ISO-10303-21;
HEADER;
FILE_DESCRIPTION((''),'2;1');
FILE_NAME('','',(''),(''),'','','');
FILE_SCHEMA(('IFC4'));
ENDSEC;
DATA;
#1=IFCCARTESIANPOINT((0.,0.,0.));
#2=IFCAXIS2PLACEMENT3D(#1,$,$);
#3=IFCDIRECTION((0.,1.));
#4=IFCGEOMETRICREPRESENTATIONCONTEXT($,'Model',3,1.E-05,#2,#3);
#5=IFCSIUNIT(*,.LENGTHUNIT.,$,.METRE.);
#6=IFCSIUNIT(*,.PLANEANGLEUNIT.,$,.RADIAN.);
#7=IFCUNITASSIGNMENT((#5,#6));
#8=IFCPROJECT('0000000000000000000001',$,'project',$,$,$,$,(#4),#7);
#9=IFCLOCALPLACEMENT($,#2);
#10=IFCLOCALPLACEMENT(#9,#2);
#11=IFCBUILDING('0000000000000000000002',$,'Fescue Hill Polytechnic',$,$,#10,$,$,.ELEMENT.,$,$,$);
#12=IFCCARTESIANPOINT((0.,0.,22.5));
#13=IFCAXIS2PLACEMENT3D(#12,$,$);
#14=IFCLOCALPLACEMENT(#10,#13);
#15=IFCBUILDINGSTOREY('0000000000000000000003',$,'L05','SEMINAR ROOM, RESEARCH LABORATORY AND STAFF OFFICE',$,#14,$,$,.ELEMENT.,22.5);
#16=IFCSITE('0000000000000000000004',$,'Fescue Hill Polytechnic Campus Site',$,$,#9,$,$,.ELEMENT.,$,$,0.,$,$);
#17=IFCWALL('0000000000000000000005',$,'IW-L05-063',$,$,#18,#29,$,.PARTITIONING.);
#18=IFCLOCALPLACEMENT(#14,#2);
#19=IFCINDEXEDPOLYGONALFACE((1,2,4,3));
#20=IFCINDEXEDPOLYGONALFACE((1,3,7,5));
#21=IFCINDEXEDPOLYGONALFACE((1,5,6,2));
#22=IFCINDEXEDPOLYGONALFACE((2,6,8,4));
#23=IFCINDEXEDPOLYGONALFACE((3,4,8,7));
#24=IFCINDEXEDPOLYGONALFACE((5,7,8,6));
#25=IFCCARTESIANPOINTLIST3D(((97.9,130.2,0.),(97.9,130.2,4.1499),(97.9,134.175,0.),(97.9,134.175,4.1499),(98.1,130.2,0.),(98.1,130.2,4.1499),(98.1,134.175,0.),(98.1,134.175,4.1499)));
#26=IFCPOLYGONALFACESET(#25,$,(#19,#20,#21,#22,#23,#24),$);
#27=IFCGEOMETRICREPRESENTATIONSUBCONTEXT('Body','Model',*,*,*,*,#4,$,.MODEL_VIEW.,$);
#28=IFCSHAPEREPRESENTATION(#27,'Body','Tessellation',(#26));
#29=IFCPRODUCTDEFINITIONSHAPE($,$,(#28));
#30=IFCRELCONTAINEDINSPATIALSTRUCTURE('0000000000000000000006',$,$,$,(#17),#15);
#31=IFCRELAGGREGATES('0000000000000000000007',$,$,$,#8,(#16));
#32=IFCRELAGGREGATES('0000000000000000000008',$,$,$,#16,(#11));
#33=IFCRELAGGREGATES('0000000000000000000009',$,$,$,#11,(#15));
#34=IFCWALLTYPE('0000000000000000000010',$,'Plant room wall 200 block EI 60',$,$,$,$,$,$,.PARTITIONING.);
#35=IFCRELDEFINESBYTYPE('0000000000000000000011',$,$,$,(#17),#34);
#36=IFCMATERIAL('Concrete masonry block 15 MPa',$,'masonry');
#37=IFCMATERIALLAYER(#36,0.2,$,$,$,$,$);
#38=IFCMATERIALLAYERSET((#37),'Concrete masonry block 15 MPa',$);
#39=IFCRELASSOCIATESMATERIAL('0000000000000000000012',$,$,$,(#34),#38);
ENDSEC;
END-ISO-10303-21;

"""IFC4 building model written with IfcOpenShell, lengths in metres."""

from ifc_helpers import new_model, si_unit, direction, frame, frame_2d, origin, place, context, subcontext, project, spatial, rectangle, extrude, material, layer, layer_set, type_object, element, save


model = new_model("IFC4")

# Units and contexts
model_context = context("Model", 3, precision=1e-05, world=origin(), true_north=direction((0.0, 1.0)))
body_context = subcontext(model_context, "Body", "Model", "MODEL_VIEW")
ifc_project = project(units=[si_unit("LENGTHUNIT", "METRE"), si_unit("PLANEANGLEUNIT", "RADIAN")], contexts=[model_context])

# Site, building, storey
site_placement = place(None, origin())
site = spatial("IfcSite", under=ifc_project, at=site_placement, Name="Fescue Hill Polytechnic Campus Site", CompositionType="ELEMENT", RefElevation=0.0)
building_placement = place(site_placement, origin())
building = spatial("IfcBuilding", under=site, at=building_placement, Name="Fescue Hill Polytechnic", CompositionType="ELEMENT")
storey_placement = place(building_placement, frame((0.0, 0.0, 22.5)))
storey = spatial("IfcBuildingStorey", under=building, at=storey_placement, Name="L05", Description="SEMINAR ROOM, RESEARCH LABORATORY AND STAFF OFFICE", CompositionType="ELEMENT", Elevation=22.5)

# Wall
ifc_material_1 = material(Name="Concrete masonry block 15 MPa", Category="masonry")
ifc_layer_1 = layer(ifc_material_1, 0.2)
ifc_layer_set_1 = layer_set([ifc_layer_1], Name="Concrete masonry block 15 MPa")
wall_type_1 = type_object("IfcWallType", Name="Plant room wall 200 block EI 60", PredefinedType="PARTITIONING", material=ifc_layer_set_1)
wall_1_placement = place(storey_placement, frame((98.0, 130.2, 0.0), z_axis=(0.0, 0.0, 1.0), x_axis=(0.0, 1.0, 0.0)))
element("IfcWall", 1, at=wall_1_placement, inside=storey, type_object=wall_type_1, Name="IW-L05-063", PredefinedType="PARTITIONING", context=body_context, shape_type="SweptSolid", body=[
    extrude(rectangle(XDim=3.9751, YDim=0.2, at=frame_2d((1.9875, 0.0))), origin(), (0.0, 0.0, 1.0), 4.1499),
])

save(model, "model.ifc")
